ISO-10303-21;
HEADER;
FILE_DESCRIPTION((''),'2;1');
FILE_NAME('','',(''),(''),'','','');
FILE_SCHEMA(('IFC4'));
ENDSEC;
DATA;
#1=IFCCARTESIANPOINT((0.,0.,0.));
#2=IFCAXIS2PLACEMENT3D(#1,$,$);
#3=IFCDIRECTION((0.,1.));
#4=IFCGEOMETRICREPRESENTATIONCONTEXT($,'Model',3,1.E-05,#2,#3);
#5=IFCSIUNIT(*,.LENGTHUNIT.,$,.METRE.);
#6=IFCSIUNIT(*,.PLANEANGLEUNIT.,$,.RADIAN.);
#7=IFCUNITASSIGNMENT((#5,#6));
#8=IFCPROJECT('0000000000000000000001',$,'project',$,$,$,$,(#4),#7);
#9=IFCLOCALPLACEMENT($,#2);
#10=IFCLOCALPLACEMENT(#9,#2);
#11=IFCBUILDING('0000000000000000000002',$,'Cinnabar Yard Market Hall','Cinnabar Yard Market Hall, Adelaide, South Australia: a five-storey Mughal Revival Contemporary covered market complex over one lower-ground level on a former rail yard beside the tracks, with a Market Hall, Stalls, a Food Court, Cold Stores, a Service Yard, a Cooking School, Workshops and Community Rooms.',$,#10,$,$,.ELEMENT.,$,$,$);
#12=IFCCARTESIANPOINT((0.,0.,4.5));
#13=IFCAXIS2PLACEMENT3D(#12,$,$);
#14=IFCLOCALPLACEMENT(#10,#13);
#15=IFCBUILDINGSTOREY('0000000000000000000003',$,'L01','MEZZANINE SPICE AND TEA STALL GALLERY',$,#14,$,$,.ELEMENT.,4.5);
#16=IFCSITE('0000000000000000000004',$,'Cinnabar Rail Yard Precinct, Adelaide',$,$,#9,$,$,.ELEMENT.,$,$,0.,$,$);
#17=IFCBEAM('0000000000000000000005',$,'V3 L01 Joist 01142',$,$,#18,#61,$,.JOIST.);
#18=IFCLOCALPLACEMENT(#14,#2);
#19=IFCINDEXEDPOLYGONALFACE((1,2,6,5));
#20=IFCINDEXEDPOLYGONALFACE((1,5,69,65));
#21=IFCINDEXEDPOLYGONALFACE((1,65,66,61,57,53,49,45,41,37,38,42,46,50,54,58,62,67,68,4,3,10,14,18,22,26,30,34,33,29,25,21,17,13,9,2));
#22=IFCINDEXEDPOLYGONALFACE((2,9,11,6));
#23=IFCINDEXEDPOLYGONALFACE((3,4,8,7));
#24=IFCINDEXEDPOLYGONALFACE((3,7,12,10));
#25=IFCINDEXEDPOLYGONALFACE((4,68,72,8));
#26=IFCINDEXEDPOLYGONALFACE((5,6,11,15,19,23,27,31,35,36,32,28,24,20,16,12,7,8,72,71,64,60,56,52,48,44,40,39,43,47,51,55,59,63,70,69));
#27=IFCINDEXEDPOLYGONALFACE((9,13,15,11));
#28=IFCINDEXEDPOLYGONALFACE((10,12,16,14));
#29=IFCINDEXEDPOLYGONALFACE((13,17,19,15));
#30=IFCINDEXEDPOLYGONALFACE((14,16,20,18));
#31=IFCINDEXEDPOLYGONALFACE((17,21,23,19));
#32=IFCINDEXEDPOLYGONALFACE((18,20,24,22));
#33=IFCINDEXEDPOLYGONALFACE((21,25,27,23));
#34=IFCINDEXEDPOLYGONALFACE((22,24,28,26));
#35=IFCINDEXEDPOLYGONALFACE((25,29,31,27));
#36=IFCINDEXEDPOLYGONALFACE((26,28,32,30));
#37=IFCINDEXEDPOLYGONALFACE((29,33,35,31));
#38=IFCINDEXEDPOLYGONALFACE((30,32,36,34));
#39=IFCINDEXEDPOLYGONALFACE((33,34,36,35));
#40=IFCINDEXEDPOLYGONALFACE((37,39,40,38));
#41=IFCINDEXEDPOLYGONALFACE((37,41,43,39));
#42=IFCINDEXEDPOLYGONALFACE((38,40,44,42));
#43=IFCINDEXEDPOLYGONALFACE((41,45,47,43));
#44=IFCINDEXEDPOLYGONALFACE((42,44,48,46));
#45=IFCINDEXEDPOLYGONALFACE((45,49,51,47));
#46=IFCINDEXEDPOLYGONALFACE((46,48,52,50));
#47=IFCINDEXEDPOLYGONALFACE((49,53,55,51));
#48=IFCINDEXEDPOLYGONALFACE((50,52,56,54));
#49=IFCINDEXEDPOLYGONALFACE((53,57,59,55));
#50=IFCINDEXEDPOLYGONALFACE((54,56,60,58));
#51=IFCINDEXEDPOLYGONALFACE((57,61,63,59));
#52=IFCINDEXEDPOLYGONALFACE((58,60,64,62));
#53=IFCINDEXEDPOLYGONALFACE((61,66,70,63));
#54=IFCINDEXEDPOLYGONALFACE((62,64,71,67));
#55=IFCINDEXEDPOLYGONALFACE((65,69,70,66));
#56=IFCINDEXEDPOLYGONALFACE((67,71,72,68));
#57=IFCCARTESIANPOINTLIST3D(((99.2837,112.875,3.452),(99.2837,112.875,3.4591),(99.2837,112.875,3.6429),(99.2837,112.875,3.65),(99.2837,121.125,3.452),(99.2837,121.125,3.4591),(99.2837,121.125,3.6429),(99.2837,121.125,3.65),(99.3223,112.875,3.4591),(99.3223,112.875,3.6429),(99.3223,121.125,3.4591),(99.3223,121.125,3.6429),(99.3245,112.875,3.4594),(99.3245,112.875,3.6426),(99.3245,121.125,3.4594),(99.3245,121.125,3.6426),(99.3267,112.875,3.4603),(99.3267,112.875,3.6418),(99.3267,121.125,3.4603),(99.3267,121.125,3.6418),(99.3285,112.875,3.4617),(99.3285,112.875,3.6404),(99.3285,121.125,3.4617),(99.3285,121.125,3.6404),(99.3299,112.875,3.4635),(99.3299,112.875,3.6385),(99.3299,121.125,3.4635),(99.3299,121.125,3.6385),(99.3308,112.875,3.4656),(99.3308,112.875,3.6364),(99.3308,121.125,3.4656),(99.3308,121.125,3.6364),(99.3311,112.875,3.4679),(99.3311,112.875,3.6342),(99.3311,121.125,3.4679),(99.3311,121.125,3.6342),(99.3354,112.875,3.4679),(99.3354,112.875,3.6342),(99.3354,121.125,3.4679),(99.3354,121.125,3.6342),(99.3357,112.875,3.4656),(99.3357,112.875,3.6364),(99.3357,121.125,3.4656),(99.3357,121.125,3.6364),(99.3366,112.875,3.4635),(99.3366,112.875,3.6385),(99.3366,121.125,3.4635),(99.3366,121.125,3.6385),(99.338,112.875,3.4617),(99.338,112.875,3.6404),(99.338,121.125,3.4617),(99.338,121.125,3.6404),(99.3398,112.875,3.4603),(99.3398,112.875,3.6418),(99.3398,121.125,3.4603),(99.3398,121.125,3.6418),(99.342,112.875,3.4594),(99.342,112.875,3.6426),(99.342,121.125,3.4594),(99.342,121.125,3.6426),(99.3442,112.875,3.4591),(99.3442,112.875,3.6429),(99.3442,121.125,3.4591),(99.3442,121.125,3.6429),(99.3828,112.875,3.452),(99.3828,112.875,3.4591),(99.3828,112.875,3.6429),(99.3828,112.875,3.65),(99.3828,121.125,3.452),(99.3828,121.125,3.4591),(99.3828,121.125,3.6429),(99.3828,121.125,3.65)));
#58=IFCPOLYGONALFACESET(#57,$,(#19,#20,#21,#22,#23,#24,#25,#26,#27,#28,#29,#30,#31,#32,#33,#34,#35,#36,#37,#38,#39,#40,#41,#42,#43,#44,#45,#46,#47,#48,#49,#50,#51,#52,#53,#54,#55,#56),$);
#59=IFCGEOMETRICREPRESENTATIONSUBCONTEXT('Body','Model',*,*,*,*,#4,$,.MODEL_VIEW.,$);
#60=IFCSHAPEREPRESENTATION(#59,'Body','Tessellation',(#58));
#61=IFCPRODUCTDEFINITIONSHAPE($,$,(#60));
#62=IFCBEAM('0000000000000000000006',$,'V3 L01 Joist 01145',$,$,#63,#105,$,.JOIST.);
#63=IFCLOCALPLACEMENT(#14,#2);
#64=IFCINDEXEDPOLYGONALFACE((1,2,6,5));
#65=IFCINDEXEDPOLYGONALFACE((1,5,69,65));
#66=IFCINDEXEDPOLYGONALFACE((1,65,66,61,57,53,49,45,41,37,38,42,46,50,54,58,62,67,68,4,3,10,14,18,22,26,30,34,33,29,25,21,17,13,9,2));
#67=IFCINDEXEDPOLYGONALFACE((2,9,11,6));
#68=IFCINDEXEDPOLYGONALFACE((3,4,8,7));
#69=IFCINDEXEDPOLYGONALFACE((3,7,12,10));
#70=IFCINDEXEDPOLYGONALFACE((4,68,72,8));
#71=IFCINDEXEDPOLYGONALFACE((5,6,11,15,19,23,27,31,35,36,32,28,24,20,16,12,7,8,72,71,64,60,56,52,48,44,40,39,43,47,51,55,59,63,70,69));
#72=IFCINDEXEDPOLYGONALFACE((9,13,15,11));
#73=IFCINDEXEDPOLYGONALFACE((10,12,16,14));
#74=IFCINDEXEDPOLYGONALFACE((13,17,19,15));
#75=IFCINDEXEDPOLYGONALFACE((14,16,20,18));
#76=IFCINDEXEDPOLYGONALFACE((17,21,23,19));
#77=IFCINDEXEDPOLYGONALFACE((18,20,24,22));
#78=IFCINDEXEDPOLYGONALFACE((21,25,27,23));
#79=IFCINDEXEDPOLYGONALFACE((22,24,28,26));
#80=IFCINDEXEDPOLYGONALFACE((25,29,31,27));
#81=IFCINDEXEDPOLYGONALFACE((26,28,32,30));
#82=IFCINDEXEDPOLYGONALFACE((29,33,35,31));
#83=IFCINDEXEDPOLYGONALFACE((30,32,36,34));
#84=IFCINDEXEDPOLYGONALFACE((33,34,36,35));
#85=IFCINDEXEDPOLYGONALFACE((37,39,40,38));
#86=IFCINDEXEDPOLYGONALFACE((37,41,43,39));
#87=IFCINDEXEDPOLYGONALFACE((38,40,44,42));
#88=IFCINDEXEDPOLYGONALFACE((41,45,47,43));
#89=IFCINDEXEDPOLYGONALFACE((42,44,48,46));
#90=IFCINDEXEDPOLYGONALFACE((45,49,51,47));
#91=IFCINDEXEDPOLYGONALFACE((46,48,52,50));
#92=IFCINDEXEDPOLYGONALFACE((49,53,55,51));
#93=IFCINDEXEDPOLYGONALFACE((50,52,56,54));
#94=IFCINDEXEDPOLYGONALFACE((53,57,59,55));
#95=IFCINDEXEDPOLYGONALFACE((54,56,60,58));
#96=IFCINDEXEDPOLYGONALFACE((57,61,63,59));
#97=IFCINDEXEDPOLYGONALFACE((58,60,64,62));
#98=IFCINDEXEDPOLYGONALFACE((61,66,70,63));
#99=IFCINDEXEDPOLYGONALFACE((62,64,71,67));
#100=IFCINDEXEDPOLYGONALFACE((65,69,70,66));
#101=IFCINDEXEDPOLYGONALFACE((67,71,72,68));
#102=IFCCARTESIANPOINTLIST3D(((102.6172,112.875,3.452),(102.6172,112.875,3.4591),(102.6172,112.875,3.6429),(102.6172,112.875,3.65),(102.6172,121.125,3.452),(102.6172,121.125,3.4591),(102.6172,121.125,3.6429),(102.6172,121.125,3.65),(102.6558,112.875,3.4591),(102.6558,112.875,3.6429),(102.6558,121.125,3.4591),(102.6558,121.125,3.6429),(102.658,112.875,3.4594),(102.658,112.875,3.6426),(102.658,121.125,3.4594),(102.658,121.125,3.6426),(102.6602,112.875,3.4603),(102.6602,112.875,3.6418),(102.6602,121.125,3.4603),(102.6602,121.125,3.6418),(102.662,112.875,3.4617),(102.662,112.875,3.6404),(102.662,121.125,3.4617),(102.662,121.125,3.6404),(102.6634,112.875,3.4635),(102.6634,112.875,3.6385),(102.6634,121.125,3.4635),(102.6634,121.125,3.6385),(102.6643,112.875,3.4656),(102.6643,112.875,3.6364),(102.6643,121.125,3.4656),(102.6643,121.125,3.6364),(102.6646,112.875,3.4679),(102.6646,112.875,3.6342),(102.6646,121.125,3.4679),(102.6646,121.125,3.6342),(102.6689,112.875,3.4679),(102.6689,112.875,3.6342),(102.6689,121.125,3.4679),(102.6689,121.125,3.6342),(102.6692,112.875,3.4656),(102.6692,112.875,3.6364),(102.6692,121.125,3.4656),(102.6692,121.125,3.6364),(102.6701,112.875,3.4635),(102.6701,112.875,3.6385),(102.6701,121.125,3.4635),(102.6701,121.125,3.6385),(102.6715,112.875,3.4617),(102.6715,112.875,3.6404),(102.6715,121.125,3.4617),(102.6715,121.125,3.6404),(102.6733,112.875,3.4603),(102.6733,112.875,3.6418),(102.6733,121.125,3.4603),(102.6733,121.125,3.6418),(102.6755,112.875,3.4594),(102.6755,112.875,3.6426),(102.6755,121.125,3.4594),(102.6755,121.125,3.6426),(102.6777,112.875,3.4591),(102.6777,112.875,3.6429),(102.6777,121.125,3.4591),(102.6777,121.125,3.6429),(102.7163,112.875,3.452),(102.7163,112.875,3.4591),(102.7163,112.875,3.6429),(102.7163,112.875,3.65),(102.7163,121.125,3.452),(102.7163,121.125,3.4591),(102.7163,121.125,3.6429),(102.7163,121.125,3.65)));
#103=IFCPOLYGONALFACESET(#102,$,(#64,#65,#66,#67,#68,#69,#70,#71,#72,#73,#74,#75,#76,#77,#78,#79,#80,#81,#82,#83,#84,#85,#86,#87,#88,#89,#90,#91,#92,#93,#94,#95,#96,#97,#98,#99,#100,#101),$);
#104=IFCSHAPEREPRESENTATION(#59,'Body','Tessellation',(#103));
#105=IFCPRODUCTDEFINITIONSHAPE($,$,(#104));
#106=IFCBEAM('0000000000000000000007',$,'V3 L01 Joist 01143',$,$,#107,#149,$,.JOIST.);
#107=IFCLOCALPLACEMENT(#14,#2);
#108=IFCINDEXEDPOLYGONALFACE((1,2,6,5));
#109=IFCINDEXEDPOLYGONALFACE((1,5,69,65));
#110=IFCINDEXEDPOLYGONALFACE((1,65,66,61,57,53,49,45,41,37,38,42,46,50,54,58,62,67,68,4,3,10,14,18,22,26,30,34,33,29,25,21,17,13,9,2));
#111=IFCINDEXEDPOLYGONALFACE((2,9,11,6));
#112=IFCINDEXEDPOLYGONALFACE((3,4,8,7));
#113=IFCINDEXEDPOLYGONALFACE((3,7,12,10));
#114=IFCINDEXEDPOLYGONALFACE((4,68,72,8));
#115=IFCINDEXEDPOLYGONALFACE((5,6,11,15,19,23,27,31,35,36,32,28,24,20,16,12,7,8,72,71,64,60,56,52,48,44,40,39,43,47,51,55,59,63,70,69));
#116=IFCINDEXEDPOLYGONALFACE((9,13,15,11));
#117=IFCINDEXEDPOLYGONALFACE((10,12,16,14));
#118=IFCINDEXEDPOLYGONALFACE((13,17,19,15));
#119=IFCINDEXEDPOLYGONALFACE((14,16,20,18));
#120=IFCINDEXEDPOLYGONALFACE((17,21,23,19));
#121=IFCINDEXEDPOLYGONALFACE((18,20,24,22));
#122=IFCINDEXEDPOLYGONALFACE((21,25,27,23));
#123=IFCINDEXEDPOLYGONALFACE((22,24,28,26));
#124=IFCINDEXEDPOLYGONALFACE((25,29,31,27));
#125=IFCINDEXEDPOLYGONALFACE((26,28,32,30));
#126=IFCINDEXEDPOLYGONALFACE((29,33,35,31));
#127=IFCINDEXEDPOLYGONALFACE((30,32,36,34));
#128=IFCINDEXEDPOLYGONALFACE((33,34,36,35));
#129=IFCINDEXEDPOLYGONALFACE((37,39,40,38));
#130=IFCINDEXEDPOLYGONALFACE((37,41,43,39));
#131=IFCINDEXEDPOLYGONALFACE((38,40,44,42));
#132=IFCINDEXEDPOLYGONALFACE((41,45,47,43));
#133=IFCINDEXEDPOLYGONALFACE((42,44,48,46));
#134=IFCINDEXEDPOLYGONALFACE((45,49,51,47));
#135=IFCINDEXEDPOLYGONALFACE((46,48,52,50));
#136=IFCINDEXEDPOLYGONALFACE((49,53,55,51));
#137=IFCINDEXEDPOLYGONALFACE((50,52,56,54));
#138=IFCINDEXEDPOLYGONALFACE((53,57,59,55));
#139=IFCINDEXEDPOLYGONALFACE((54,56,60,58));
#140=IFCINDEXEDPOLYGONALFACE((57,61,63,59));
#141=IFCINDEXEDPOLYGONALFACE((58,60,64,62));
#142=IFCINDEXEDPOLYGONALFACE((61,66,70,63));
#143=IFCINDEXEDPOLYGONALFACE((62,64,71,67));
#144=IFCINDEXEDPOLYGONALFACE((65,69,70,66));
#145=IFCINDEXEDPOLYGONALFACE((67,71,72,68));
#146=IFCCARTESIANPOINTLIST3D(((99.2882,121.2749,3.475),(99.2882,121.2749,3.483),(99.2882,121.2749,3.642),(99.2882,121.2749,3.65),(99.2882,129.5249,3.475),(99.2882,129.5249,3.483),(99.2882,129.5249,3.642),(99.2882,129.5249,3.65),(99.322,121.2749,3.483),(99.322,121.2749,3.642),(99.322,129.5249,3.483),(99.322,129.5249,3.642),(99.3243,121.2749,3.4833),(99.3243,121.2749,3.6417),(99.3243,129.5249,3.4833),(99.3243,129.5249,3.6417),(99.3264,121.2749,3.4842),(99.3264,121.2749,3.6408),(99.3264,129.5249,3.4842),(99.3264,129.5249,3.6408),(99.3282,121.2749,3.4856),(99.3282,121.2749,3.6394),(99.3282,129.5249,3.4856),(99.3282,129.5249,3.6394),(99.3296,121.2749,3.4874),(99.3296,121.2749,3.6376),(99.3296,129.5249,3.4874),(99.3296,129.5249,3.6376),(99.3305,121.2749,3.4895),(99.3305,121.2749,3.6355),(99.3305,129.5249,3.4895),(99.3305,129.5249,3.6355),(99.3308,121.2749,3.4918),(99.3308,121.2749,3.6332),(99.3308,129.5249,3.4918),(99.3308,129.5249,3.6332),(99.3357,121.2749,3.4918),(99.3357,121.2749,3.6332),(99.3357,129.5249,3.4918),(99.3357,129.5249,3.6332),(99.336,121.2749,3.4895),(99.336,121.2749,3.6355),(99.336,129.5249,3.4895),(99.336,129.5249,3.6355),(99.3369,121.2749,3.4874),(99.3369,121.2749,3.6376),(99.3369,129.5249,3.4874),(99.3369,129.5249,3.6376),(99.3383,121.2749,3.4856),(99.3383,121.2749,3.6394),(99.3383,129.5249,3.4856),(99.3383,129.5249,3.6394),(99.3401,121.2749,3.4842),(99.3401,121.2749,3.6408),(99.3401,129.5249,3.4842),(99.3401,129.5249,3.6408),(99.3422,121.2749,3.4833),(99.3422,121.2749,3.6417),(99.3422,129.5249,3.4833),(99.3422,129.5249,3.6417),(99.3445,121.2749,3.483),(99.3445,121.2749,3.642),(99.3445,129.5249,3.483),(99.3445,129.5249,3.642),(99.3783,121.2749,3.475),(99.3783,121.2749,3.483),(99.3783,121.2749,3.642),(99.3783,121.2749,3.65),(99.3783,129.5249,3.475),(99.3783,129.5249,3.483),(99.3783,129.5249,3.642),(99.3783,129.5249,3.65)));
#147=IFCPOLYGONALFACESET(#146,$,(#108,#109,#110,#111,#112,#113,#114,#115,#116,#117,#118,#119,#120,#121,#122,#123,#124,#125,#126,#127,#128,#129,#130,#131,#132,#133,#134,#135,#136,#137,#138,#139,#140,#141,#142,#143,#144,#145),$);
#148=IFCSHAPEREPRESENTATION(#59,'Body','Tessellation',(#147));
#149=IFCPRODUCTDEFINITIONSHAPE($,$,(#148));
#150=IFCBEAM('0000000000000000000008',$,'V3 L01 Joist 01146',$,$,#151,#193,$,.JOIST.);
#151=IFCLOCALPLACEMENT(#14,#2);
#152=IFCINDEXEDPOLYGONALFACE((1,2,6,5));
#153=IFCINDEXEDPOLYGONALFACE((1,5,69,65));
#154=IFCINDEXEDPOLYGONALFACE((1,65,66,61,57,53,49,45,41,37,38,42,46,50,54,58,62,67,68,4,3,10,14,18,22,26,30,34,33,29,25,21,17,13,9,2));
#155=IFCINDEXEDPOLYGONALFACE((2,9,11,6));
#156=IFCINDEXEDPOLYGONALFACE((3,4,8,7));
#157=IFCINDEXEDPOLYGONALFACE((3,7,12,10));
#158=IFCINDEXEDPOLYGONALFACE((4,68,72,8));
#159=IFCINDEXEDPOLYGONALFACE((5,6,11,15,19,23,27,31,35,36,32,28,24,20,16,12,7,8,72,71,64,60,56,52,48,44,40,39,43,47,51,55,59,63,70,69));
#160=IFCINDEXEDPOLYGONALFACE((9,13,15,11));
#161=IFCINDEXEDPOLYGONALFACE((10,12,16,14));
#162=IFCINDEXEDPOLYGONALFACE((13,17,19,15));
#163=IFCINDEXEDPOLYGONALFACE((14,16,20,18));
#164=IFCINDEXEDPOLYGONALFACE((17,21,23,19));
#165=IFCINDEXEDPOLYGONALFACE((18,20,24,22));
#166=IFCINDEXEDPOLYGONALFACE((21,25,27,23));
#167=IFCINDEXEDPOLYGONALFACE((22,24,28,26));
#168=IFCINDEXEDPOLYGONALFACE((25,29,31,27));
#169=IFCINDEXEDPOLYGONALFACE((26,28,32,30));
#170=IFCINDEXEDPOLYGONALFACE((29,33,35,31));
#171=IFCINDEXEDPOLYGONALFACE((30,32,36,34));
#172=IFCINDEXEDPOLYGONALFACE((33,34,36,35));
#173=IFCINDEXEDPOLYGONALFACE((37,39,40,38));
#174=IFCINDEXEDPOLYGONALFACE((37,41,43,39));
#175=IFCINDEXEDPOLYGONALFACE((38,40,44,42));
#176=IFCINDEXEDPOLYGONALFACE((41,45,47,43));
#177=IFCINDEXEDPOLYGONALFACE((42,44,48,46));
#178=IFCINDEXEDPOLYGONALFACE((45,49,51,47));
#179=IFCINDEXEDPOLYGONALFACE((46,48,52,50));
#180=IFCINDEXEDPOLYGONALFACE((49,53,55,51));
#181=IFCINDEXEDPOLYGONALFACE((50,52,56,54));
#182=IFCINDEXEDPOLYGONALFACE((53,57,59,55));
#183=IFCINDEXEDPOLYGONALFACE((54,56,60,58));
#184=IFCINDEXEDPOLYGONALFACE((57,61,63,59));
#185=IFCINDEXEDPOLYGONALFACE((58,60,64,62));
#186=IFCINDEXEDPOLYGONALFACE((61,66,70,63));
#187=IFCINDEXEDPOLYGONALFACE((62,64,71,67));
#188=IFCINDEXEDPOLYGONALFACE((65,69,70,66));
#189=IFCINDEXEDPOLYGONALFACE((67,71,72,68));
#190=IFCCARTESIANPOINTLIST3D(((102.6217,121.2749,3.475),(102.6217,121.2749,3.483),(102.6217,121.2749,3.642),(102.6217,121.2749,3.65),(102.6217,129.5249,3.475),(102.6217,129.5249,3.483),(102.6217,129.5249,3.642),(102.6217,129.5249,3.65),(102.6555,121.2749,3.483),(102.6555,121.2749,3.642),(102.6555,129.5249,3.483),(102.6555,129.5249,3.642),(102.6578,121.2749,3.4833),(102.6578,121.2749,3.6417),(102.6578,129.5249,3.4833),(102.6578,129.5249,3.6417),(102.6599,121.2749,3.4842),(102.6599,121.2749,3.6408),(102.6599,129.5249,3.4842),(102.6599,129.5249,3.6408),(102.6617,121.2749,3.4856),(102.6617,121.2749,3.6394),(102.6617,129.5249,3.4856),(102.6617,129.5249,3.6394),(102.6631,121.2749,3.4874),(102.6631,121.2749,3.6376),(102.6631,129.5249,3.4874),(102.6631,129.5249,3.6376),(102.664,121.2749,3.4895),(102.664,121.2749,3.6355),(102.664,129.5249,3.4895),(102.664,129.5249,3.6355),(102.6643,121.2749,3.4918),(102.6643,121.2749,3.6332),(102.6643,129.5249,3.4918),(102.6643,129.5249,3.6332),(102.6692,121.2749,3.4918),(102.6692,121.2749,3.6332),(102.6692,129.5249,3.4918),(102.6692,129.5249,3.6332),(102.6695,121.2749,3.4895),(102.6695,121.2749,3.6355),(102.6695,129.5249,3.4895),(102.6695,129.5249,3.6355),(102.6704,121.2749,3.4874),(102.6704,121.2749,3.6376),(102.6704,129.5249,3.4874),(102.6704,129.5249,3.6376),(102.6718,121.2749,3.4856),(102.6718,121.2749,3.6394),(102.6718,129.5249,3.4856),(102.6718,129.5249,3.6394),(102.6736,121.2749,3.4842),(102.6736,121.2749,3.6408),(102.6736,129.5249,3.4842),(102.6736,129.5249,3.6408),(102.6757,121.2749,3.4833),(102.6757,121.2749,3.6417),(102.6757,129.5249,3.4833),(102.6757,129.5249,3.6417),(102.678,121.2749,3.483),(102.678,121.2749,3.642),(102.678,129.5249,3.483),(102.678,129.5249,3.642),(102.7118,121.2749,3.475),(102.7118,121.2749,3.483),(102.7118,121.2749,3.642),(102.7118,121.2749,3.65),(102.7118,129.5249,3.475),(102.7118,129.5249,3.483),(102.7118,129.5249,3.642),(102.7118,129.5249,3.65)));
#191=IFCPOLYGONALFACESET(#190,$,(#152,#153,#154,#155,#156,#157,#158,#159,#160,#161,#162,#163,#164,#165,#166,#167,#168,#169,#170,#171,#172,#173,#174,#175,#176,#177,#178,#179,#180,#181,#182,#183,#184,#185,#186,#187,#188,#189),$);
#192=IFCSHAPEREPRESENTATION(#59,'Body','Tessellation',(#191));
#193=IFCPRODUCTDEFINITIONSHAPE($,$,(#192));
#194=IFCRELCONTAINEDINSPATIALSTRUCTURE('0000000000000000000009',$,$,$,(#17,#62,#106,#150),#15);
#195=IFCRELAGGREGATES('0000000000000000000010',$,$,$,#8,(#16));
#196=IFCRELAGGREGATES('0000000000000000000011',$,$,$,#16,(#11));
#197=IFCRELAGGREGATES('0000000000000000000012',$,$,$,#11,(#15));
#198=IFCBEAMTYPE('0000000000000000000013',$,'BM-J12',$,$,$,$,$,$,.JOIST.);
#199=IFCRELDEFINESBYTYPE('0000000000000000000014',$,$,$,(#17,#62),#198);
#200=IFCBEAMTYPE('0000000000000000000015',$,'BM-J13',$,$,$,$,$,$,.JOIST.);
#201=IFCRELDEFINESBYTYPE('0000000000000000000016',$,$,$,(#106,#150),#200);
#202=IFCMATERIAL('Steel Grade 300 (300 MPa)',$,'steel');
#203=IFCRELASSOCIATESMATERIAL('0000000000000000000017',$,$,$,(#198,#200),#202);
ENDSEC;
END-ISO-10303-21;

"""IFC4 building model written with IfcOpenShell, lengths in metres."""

from ifc_helpers import new_model, si_unit, direction, frame, origin, origin_2d_with_axis, place, context, subcontext, project, spatial, i_section, extrude, material, material_profile, profile_set, type_object, element, save


model = new_model("IFC4")

# Units and contexts
model_context = context("Model", 3, precision=1e-05, world=origin(), true_north=direction((0.0, 1.0)))
body_context = subcontext(model_context, "Body", "Model", "MODEL_VIEW")
ifc_project = project(units=[si_unit("LENGTHUNIT", "METRE"), si_unit("PLANEANGLEUNIT", "RADIAN")], contexts=[model_context])

# Site, building, storey
site_placement = place(None, origin())
site = spatial("IfcSite", under=ifc_project, at=site_placement, Name="Cinnabar Rail Yard Precinct, Adelaide", CompositionType="ELEMENT", RefElevation=0.0)
building_placement = place(site_placement, origin())
building = spatial("IfcBuilding", under=site, at=building_placement, Name="Cinnabar Yard Market Hall", Description="Cinnabar Yard Market Hall, Adelaide, South Australia: a five-storey Mughal Revival Contemporary covered market complex over one lower-ground level on a former rail yard beside the tracks, with a Market Hall, Stalls, a Food Court, Cold Stores, a Service Yard, a Cooking School, Workshops and Community Rooms.", CompositionType="ELEMENT")
storey_placement = place(building_placement, frame((0.0, 0.0, 4.5)))
storey = spatial("IfcBuildingStorey", under=building, at=storey_placement, Name="L01", Description="MEZZANINE SPICE AND TEA STALL GALLERY", CompositionType="ELEMENT", Elevation=4.5)

# Shared definitions
ifc_material_1 = material(Name="Steel Grade 300 (300 MPa)", Category="steel")

# Beams
ifc_material_profile_1 = material_profile(ifc_material_1, i_section(OverallWidth=0.0991, OverallDepth=0.198, WebThickness=0.0044, FlangeThickness=0.0071, FilletRadius=0.0088, at=origin_2d_with_axis()), Name="200UB18.2")
ifc_profile_set_1 = profile_set([ifc_material_profile_1], Name="Steel Grade 300 (300 MPa)")
beam_type_1 = type_object("IfcBeamType", Name="BM-J12", PredefinedType="JOIST", material=ifc_profile_set_1)
for number, where, z_axis, x_axis, name in (
    (1, (99.3333, 112.875, 3.551), (0.0, 1.0, 0.0), (-1.0, 0.0, 0.0), "V3 L01 Joist 01142"),
    (2, (102.6667, 112.875, 3.551), (0.0, 1.0, 0.0), (-1.0, 0.0, 0.0), "V3 L01 Joist 01145"),
):
    element("IfcBeam", number, at=place(storey_placement, frame(where, z_axis=z_axis, x_axis=x_axis)), inside=storey, type_object=beam_type_1, Name=name, PredefinedType="JOIST", context=body_context, shape_type="SweptSolid", body=[
        extrude(i_section(OverallWidth=0.0991, OverallDepth=0.198, WebThickness=0.0044, FlangeThickness=0.0071, FilletRadius=0.0088, at=origin_2d_with_axis()), origin(), (0.0, 0.0, 1.0), 8.25),
    ])
ifc_material_profile_2 = material_profile(ifc_material_1, i_section(OverallWidth=0.0901, OverallDepth=0.175, WebThickness=0.0049, FlangeThickness=0.0081, FilletRadius=0.0088, at=origin_2d_with_axis()), Name="180UB18.1")
ifc_profile_set_2 = profile_set([ifc_material_profile_2], Name="Steel Grade 300 (300 MPa)")
beam_type_2 = type_object("IfcBeamType", Name="BM-J13", PredefinedType="JOIST", material=ifc_profile_set_2)
for number, where, z_axis, x_axis, name in (
    (3, (99.3333, 121.2749, 3.5625), (0.0, 1.0, 0.0), (-1.0, 0.0, 0.0), "V3 L01 Joist 01143"),
    (4, (102.6667, 121.2749, 3.5625), (0.0, 1.0, 0.0), (-1.0, 0.0, 0.0), "V3 L01 Joist 01146"),
):
    element("IfcBeam", number, at=place(storey_placement, frame(where, z_axis=z_axis, x_axis=x_axis)), inside=storey, type_object=beam_type_2, Name=name, PredefinedType="JOIST", context=body_context, shape_type="SweptSolid", body=[
        extrude(i_section(OverallWidth=0.0901, OverallDepth=0.175, WebThickness=0.0049, FlangeThickness=0.0081, FilletRadius=0.0088, at=origin_2d_with_axis()), origin(), (0.0, 0.0, 1.0), 8.25),
    ])

save(model, "model.ifc")
